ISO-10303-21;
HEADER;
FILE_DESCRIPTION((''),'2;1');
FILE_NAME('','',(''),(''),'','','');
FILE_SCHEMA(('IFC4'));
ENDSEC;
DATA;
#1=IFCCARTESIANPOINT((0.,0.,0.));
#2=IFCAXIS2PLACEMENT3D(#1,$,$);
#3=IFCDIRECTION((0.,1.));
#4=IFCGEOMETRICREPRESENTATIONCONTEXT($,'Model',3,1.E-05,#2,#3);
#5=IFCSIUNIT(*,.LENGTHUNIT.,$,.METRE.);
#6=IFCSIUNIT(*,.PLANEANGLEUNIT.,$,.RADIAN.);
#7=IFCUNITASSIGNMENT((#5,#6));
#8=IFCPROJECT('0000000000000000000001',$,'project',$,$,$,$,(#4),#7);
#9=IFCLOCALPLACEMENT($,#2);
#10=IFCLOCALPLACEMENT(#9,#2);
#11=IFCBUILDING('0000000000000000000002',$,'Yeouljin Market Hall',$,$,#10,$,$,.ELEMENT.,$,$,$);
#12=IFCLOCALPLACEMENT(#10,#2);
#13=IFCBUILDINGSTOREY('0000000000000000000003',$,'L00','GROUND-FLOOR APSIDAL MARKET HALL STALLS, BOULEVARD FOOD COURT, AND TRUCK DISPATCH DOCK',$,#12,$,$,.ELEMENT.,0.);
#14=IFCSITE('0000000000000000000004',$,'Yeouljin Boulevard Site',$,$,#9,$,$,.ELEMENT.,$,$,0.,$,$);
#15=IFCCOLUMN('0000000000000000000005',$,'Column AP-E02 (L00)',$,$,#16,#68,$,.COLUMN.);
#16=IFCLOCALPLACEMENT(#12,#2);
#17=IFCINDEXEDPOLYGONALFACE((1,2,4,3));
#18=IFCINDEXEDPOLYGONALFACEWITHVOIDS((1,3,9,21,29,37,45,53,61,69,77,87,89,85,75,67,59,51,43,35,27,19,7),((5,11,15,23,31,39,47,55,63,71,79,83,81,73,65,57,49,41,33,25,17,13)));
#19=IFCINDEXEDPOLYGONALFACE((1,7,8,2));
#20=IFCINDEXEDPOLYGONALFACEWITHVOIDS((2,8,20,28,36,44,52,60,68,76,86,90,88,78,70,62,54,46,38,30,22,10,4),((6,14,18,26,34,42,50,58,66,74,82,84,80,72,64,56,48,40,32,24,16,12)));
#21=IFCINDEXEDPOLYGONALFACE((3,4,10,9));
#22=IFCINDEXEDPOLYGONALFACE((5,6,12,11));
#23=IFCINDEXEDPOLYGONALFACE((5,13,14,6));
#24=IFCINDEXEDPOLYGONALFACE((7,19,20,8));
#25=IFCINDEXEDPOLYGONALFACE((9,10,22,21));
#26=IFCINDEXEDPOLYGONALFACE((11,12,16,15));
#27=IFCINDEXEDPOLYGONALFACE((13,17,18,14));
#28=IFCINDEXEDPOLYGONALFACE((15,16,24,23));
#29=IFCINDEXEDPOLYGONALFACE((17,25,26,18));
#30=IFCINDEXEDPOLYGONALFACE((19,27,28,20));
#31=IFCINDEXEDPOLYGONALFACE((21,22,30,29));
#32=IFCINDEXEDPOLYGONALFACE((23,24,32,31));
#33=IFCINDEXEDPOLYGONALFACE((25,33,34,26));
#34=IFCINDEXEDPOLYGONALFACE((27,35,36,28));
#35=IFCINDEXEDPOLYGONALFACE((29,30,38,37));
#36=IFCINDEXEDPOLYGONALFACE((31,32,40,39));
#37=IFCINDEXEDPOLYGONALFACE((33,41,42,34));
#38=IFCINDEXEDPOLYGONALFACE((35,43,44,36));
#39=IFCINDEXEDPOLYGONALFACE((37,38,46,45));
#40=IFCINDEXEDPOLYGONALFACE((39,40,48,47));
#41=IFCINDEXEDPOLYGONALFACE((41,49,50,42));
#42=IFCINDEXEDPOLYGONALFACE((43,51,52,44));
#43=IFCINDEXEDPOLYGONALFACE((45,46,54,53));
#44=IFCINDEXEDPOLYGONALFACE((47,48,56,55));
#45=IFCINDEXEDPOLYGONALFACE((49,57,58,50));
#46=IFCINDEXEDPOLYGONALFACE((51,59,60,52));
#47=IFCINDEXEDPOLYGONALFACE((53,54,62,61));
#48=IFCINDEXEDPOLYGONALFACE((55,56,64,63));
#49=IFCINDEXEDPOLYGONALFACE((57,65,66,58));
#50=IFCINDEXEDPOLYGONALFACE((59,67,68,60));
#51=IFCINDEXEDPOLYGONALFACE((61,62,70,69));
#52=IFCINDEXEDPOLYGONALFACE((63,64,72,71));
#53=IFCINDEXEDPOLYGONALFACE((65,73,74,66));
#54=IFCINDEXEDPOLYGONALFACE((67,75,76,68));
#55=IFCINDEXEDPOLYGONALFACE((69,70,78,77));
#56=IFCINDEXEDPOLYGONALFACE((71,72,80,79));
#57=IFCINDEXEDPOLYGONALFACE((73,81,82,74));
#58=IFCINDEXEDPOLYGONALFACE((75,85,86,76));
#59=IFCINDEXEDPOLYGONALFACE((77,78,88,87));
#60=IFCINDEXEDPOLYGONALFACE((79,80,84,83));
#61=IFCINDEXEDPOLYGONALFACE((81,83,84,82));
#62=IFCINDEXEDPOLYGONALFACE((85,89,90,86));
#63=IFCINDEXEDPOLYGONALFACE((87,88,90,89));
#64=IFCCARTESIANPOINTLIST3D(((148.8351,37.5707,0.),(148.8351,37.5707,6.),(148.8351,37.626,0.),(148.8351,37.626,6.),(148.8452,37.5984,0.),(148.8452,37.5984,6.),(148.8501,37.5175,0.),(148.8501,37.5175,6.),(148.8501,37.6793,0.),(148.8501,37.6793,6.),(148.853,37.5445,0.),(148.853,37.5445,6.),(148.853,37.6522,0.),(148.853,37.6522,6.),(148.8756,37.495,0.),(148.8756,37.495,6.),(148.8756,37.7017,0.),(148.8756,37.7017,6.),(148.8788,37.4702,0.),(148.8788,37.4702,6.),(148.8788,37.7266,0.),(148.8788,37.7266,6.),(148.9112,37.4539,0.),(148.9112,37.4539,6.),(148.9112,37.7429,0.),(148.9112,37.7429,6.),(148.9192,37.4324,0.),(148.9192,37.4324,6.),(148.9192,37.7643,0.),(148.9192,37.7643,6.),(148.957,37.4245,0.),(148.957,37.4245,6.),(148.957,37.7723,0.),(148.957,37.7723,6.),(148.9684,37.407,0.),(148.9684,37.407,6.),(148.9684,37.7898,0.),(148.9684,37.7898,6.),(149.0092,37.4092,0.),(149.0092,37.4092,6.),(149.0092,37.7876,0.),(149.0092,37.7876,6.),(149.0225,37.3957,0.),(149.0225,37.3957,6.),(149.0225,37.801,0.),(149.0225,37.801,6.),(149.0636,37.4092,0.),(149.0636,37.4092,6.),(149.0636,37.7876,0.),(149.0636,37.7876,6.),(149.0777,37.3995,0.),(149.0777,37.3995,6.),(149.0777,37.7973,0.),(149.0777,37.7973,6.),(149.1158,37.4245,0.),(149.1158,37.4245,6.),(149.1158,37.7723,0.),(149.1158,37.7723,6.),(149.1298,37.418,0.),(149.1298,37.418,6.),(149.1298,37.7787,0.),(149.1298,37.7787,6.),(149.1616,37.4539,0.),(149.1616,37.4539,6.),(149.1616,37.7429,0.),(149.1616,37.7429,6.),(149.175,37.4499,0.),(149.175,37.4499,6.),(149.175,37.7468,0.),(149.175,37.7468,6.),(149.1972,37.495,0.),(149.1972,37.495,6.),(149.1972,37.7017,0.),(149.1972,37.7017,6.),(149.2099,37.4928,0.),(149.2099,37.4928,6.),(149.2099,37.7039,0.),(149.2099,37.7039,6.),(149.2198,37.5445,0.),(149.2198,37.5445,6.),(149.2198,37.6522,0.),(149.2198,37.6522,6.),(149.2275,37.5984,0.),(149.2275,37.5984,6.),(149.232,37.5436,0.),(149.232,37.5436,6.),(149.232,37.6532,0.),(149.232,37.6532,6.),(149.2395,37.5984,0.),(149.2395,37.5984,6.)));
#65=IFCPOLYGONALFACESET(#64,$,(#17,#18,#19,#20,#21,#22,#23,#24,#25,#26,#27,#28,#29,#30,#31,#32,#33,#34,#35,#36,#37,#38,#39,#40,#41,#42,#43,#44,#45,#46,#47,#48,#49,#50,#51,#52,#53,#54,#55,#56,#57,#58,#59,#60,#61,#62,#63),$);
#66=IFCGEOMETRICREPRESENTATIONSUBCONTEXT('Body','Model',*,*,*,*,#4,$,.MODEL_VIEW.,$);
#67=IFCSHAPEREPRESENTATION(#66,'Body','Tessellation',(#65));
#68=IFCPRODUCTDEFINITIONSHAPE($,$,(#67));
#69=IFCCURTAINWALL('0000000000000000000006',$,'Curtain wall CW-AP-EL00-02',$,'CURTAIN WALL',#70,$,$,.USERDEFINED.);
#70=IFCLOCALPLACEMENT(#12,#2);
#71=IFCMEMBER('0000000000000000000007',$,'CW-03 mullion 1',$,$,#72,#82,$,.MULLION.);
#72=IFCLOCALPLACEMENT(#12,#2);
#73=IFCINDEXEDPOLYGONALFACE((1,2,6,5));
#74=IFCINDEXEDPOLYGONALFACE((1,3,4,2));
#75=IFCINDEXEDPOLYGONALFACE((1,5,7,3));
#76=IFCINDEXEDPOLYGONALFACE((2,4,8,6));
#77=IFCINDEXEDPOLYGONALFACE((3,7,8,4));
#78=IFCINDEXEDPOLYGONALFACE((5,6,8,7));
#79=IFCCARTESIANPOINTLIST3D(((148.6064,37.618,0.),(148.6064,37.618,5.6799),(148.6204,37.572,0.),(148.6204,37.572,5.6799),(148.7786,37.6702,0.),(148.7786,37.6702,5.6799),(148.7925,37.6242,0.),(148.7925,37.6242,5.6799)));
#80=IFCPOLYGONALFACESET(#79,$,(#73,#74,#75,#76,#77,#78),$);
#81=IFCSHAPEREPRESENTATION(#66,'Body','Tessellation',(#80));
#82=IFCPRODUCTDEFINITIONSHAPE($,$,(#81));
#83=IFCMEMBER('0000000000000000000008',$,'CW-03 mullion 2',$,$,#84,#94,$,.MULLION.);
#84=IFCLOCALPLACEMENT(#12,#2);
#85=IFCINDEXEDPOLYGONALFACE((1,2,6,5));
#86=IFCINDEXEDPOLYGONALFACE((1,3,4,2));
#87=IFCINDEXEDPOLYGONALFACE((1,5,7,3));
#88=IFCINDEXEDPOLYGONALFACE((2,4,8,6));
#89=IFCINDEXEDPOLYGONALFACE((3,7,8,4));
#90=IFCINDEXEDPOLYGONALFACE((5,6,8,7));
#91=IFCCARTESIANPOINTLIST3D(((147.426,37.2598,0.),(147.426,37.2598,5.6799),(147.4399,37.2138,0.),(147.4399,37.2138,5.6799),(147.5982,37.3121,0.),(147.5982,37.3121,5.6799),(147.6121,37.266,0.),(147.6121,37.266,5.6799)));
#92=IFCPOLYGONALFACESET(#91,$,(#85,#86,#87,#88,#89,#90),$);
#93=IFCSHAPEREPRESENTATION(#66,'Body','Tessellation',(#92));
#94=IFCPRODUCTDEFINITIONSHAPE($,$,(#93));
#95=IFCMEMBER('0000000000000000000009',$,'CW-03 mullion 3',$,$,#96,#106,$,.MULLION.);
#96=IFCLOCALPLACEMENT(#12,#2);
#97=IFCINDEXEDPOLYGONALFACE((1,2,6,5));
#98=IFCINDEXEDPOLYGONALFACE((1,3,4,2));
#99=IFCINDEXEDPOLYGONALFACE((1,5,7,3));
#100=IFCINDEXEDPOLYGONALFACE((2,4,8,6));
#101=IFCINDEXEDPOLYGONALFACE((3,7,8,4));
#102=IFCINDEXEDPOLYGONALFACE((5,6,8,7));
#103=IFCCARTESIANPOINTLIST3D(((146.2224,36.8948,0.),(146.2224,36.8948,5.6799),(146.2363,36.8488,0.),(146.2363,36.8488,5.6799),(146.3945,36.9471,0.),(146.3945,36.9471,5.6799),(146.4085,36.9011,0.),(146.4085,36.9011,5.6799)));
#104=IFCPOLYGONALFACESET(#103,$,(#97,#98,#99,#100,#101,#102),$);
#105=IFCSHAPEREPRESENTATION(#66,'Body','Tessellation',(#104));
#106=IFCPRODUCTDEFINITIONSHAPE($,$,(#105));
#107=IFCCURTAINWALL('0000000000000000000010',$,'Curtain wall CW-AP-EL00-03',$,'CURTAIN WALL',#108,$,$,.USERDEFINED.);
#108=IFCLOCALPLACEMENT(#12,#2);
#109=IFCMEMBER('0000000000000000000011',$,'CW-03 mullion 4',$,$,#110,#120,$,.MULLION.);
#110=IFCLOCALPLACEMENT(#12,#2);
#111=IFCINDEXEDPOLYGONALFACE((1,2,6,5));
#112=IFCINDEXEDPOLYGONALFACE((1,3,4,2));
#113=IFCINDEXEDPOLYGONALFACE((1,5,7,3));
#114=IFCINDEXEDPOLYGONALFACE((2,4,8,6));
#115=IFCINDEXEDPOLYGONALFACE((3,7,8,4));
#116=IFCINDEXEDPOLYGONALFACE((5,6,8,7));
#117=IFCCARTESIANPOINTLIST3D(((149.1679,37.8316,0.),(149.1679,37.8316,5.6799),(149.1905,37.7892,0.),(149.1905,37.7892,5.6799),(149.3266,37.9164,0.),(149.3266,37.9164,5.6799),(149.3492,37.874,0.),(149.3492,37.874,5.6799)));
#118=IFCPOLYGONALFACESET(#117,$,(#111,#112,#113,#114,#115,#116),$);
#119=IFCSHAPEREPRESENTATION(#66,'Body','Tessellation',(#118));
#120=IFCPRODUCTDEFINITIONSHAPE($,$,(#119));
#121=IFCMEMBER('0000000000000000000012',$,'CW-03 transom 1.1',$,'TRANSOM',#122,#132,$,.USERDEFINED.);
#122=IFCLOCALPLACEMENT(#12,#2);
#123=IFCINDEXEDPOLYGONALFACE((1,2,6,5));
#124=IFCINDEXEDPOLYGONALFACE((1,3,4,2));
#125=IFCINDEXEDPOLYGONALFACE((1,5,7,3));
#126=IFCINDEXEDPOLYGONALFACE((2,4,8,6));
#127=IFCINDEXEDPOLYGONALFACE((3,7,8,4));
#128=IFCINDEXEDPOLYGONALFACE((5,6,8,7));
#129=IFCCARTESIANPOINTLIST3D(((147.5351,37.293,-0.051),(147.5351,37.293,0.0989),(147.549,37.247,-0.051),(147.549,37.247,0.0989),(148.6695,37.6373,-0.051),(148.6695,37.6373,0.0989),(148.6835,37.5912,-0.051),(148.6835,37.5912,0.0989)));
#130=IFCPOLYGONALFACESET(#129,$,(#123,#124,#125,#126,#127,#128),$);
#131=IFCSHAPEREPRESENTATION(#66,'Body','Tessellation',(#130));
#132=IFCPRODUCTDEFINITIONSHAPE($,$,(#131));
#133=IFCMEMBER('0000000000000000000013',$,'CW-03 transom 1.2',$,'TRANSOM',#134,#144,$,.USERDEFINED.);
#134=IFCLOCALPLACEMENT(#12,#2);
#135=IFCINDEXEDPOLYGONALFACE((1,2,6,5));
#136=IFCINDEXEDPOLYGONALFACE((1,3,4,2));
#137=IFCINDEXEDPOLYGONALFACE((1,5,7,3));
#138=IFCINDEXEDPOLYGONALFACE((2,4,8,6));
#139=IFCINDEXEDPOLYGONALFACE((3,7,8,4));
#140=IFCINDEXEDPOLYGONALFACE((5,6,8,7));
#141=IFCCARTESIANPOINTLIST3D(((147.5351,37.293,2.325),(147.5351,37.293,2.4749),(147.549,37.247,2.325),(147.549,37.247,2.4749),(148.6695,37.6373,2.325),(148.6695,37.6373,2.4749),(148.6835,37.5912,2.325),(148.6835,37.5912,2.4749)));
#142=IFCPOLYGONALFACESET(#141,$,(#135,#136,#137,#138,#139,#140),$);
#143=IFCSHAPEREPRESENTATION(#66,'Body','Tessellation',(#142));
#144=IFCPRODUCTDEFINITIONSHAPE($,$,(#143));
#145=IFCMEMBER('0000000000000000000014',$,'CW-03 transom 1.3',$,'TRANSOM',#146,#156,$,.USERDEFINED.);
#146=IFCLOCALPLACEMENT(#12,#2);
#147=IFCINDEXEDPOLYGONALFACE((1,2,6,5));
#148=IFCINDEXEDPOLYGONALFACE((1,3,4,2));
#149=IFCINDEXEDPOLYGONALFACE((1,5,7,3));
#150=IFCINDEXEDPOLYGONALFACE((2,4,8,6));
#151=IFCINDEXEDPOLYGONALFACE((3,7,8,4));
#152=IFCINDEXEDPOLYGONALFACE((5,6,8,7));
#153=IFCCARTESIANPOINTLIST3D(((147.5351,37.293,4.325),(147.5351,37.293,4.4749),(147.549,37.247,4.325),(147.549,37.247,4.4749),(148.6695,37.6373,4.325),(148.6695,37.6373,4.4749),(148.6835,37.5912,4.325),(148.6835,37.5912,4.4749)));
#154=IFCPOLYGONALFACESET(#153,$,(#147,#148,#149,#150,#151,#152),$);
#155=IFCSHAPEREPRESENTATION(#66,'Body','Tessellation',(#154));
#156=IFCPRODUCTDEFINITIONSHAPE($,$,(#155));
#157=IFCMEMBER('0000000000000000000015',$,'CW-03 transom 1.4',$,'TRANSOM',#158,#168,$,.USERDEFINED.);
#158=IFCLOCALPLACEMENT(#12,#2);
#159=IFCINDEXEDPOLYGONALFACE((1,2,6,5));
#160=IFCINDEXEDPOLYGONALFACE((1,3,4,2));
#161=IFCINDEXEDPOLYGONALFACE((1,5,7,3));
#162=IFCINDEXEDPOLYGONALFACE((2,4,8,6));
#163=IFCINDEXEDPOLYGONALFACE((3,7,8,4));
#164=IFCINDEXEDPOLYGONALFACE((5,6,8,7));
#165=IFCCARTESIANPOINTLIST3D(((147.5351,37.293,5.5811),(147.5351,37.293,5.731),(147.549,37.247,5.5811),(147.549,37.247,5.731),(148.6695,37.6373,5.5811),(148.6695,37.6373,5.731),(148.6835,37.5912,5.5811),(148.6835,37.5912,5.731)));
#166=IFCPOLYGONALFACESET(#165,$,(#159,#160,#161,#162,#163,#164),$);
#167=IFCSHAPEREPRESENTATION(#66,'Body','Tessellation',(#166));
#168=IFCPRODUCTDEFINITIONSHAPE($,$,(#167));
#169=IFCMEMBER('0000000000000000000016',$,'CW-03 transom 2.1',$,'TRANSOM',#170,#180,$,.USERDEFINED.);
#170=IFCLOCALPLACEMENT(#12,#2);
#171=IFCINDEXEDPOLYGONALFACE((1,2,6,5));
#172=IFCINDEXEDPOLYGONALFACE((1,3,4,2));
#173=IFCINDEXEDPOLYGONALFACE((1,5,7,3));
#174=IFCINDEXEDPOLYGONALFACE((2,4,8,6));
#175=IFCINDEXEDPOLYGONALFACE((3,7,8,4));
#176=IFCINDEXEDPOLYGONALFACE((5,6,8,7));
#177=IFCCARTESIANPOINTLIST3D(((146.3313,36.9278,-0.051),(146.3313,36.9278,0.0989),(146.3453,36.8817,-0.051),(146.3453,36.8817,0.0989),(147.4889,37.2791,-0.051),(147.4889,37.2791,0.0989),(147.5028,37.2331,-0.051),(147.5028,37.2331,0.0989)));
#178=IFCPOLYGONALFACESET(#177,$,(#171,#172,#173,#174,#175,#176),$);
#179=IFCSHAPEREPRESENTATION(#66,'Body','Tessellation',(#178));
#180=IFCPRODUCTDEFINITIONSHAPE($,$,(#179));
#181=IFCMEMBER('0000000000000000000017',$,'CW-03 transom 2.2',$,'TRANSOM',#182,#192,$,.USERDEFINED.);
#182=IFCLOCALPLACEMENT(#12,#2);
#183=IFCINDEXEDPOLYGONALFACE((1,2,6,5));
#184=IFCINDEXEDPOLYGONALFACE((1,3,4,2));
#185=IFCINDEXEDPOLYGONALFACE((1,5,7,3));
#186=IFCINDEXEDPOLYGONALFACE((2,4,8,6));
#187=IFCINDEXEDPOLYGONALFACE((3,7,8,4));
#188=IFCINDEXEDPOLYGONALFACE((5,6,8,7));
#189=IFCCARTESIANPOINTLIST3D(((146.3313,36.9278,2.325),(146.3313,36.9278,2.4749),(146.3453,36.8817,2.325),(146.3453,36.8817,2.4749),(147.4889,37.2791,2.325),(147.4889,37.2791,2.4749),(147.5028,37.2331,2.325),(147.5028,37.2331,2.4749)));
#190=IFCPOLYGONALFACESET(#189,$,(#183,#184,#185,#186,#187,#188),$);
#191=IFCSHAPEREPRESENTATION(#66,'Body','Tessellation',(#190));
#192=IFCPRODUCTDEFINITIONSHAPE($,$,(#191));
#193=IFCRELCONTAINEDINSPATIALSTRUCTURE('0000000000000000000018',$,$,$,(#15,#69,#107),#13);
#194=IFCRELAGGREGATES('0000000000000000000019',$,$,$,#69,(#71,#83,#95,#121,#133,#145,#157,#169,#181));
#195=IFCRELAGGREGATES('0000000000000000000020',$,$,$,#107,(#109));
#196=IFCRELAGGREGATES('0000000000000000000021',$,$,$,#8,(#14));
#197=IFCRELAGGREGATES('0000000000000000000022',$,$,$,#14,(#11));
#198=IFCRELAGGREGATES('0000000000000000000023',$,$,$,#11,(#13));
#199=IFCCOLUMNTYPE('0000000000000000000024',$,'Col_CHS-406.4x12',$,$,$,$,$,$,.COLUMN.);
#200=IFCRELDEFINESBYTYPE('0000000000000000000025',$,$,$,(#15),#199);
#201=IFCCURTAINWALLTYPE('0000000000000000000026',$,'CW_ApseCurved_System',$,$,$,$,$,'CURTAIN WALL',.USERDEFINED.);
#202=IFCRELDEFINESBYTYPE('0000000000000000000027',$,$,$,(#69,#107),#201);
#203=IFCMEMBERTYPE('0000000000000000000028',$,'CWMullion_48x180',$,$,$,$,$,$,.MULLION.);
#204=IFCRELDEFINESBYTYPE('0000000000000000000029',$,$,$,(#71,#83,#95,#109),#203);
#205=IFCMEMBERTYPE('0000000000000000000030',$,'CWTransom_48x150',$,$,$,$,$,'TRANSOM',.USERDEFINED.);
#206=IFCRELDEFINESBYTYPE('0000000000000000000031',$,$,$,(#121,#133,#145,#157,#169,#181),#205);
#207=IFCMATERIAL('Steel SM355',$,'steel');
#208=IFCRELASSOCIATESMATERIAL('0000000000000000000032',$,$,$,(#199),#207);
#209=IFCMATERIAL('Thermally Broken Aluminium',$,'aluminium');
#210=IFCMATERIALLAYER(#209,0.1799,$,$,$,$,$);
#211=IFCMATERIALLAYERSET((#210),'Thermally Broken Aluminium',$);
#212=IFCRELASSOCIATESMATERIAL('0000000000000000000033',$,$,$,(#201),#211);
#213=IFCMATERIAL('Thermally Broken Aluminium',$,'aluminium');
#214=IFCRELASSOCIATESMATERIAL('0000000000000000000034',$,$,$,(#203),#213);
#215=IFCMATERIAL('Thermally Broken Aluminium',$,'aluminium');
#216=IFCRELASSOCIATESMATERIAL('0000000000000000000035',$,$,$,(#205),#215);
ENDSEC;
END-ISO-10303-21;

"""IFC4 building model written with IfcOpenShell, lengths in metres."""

from ifc_helpers import new_model, si_unit, direction, frame, origin, origin_2d, place, context, subcontext, project, spatial, rectangle, hollow_circle, extrude, material, layer, layer_set, material_profile, profile_set, type_object, element, aggregate, save


model = new_model("IFC4")

# Units and contexts
model_context = context("Model", 3, precision=1e-05, world=origin(), true_north=direction((0.0, 1.0)))
body_context = subcontext(model_context, "Body", "Model", "MODEL_VIEW")
ifc_project = project(units=[si_unit("LENGTHUNIT", "METRE"), si_unit("PLANEANGLEUNIT", "RADIAN")], contexts=[model_context])

# Site, building, storey
site_placement = place(None, origin())
site = spatial("IfcSite", under=ifc_project, at=site_placement, Name="Yeouljin Boulevard Site", CompositionType="ELEMENT", RefElevation=0.0)
building_placement = place(site_placement, origin())
building = spatial("IfcBuilding", under=site, at=building_placement, Name="Yeouljin Market Hall", CompositionType="ELEMENT")
storey_placement = place(building_placement, origin())
storey = spatial("IfcBuildingStorey", under=building, at=storey_placement, Name="L00", Description="GROUND-FLOOR APSIDAL MARKET HALL STALLS, BOULEVARD FOOD COURT, AND TRUCK DISPATCH DOCK", CompositionType="ELEMENT", Elevation=0.0)

# Column
ifc_material_1 = material(Name="Steel SM355", Category="steel")
ifc_material_profile_1 = material_profile(ifc_material_1, hollow_circle(Radius=0.2031, WallThickness=0.012, at=origin_2d()), Name="CHS-406.4x12")
ifc_profile_set_1 = profile_set([ifc_material_profile_1], Name="Steel SM355")
column_type = type_object("IfcColumnType", Name="Col_CHS-406.4x12", PredefinedType="COLUMN", material=ifc_profile_set_1)
column_placement = place(storey_placement, frame((149.0364, 37.5984, 0.0), z_axis=(0.0, 0.0, 1.0), x_axis=(1.0, 0.0, 0.0)))
element("IfcColumn", 1, at=column_placement, inside=storey, type_object=column_type, Name="Column AP-E02 (L00)", PredefinedType="COLUMN", context=body_context, shape_type="SweptSolid", body=[
    extrude(hollow_circle(Radius=0.2031, WallThickness=0.012, at=origin_2d()), origin(), (0.0, 0.0, 1.0), 6.0),
])

# Curtain wall, members
ifc_material_2 = material(Name="Thermally Broken Aluminium", Category="aluminium")
ifc_layer_1 = layer(ifc_material_2, 0.1799)
ifc_layer_set_1 = layer_set([ifc_layer_1], Name="Thermally Broken Aluminium")
curtain_wall_type = type_object("IfcCurtainWallType", Name="CW_ApseCurved_System", ElementType="CURTAIN WALL", PredefinedType="USERDEFINED", material=ifc_layer_set_1)
curtain_wall_1_placement = place(storey_placement, origin())
curtain_wall_1 = element("IfcCurtainWall", 2, at=curtain_wall_1_placement, inside=storey, type_object=curtain_wall_type, Name="Curtain wall CW-AP-EL00-02", ObjectType="CURTAIN WALL", PredefinedType="USERDEFINED")
ifc_material_3 = material(Name="Thermally Broken Aluminium", Category="aluminium")
ifc_material_profile_2 = material_profile(ifc_material_3, rectangle(XDim=0.0481, YDim=0.1799, at=origin_2d()), Name="CW-MULL-48x180")
ifc_profile_set_2 = profile_set([ifc_material_profile_2], Name="Thermally Broken Aluminium")
member_type_1 = type_object("IfcMemberType", Name="CWMullion_48x180", PredefinedType="MULLION", material=ifc_profile_set_2)
member_1_placement = place(storey_placement, frame((148.6995, 37.6211, 0.0), z_axis=(0.0, 0.0, 1.0), x_axis=(0.290286, -0.95694, 0.0)))
member_1 = element("IfcMember", 3, at=member_1_placement, type_object=member_type_1, Name="CW-03 mullion 1", PredefinedType="MULLION", context=body_context, shape_type="SweptSolid", body=[
    extrude(rectangle(XDim=0.0481, YDim=0.1799, at=origin_2d()), origin(), (0.0, 0.0, 1.0), 5.6799),
])
member_2_placement = place(storey_placement, frame((147.519, 37.2629, 0.0), z_axis=(0.0, 0.0, 1.0), x_axis=(0.290286, -0.95694, 0.0)))
member_2 = element("IfcMember", 4, at=member_2_placement, type_object=member_type_1, Name="CW-03 mullion 2", PredefinedType="MULLION", context=body_context, shape_type="SweptSolid", body=[
    extrude(rectangle(XDim=0.0481, YDim=0.1799, at=origin_2d()), origin(), (0.0, 0.0, 1.0), 5.6799),
])
member_3_placement = place(storey_placement, frame((146.3154, 36.8979, 0.0), z_axis=(0.0, 0.0, 1.0), x_axis=(0.290286, -0.95694, 0.0)))
member_3 = element("IfcMember", 5, at=member_3_placement, type_object=member_type_1, Name="CW-03 mullion 3", PredefinedType="MULLION", context=body_context, shape_type="SweptSolid", body=[
    extrude(rectangle(XDim=0.0481, YDim=0.1799, at=origin_2d()), origin(), (0.0, 0.0, 1.0), 5.6799),
])

# Curtain wall, member
curtain_wall_2_placement = place(storey_placement, origin())
curtain_wall_2 = element("IfcCurtainWall", 6, at=curtain_wall_2_placement, inside=storey, type_object=curtain_wall_type, Name="Curtain wall CW-AP-EL00-03", ObjectType="CURTAIN WALL", PredefinedType="USERDEFINED")
member_4_placement = place(storey_placement, frame((149.2585, 37.8528, 0.0), z_axis=(0.0, 0.0, 1.0), x_axis=(0.471378, -0.881931, 0.0)))
member_4 = element("IfcMember", 7, at=member_4_placement, type_object=member_type_1, Name="CW-03 mullion 4", PredefinedType="MULLION", context=body_context, shape_type="SweptSolid", body=[
    extrude(rectangle(XDim=0.0481, YDim=0.1799, at=origin_2d()), origin(), (0.0, 0.0, 1.0), 5.6799),
])

# Members
ifc_material_4 = material(Name="Thermally Broken Aluminium", Category="aluminium")
ifc_material_profile_3 = material_profile(ifc_material_4, rectangle(XDim=0.0481, YDim=0.1499, at=origin_2d()), Name="CW-TRAN-48x150")
ifc_profile_set_3 = profile_set([ifc_material_profile_3], Name="Thermally Broken Aluminium")
member_type_2 = type_object("IfcMemberType", Name="CWTransom_48x150", ElementType="TRANSOM", PredefinedType="USERDEFINED", material=ifc_profile_set_3)
member_5_placement = place(storey_placement, frame((148.6765, 37.6143, 0.0239), z_axis=(-0.95692, -0.29035, 0.0), x_axis=(0.29035, -0.95692, 0.0)))
member_5 = element("IfcMember", 8, at=member_5_placement, type_object=member_type_2, Name="CW-03 transom 1.1", ObjectType="TRANSOM", PredefinedType="USERDEFINED", context=body_context, shape_type="SweptSolid", body=[
    extrude(rectangle(XDim=0.0481, YDim=0.1499, at=origin_2d()), origin(), (0.0, 0.0, 1.0), 1.1855),
])
member_6_placement = place(storey_placement, frame((148.6765, 37.6143, 2.3999), z_axis=(-0.95692, -0.29035, 0.0), x_axis=(0.29035, -0.95692, 0.0)))
member_6 = element("IfcMember", 9, at=member_6_placement, type_object=member_type_2, Name="CW-03 transom 1.2", ObjectType="TRANSOM", PredefinedType="USERDEFINED", context=body_context, shape_type="SweptSolid", body=[
    extrude(rectangle(XDim=0.0481, YDim=0.1499, at=origin_2d()), origin(), (0.0, 0.0, 1.0), 1.1855),
])
member_7_placement = place(storey_placement, frame((148.6765, 37.6143, 4.3999), z_axis=(-0.95692, -0.29035, 0.0), x_axis=(0.29035, -0.95692, 0.0)))
member_7 = element("IfcMember", 10, at=member_7_placement, type_object=member_type_2, Name="CW-03 transom 1.3", ObjectType="TRANSOM", PredefinedType="USERDEFINED", context=body_context, shape_type="SweptSolid", body=[
    extrude(rectangle(XDim=0.0481, YDim=0.1499, at=origin_2d()), origin(), (0.0, 0.0, 1.0), 1.1855),
])
member_8_placement = place(storey_placement, frame((148.6765, 37.6143, 5.656), z_axis=(-0.95692, -0.29035, 0.0), x_axis=(0.29035, -0.95692, 0.0)))
member_8 = element("IfcMember", 11, at=member_8_placement, type_object=member_type_2, Name="CW-03 transom 1.4", ObjectType="TRANSOM", PredefinedType="USERDEFINED", context=body_context, shape_type="SweptSolid", body=[
    extrude(rectangle(XDim=0.0481, YDim=0.1499, at=origin_2d()), origin(), (0.0, 0.0, 1.0), 1.1855),
])
member_9_placement = place(storey_placement, frame((147.4958, 37.2561, 0.0239), z_axis=(-0.956894, -0.290439, 0.0), x_axis=(0.290439, -0.956894, 0.0)))
member_9 = element("IfcMember", 12, at=member_9_placement, type_object=member_type_2, Name="CW-03 transom 2.1", ObjectType="TRANSOM", PredefinedType="USERDEFINED", context=body_context, shape_type="SweptSolid", body=[
    extrude(rectangle(XDim=0.0481, YDim=0.1499, at=origin_2d()), origin(), (0.0, 0.0, 1.0), 1.2097),
])
member_10_placement = place(storey_placement, frame((147.4958, 37.2561, 2.3999), z_axis=(-0.956894, -0.290439, 0.0), x_axis=(0.290439, -0.956894, 0.0)))
member_10 = element("IfcMember", 13, at=member_10_placement, type_object=member_type_2, Name="CW-03 transom 2.2", ObjectType="TRANSOM", PredefinedType="USERDEFINED", context=body_context, shape_type="SweptSolid", body=[
    extrude(rectangle(XDim=0.0481, YDim=0.1499, at=origin_2d()), origin(), (0.0, 0.0, 1.0), 1.2097),
])

aggregate(curtain_wall_1, [member_1, member_2, member_3, member_5, member_6, member_7, member_8, member_9, member_10])
aggregate(curtain_wall_2, [member_4])

save(model, "model.ifc")
